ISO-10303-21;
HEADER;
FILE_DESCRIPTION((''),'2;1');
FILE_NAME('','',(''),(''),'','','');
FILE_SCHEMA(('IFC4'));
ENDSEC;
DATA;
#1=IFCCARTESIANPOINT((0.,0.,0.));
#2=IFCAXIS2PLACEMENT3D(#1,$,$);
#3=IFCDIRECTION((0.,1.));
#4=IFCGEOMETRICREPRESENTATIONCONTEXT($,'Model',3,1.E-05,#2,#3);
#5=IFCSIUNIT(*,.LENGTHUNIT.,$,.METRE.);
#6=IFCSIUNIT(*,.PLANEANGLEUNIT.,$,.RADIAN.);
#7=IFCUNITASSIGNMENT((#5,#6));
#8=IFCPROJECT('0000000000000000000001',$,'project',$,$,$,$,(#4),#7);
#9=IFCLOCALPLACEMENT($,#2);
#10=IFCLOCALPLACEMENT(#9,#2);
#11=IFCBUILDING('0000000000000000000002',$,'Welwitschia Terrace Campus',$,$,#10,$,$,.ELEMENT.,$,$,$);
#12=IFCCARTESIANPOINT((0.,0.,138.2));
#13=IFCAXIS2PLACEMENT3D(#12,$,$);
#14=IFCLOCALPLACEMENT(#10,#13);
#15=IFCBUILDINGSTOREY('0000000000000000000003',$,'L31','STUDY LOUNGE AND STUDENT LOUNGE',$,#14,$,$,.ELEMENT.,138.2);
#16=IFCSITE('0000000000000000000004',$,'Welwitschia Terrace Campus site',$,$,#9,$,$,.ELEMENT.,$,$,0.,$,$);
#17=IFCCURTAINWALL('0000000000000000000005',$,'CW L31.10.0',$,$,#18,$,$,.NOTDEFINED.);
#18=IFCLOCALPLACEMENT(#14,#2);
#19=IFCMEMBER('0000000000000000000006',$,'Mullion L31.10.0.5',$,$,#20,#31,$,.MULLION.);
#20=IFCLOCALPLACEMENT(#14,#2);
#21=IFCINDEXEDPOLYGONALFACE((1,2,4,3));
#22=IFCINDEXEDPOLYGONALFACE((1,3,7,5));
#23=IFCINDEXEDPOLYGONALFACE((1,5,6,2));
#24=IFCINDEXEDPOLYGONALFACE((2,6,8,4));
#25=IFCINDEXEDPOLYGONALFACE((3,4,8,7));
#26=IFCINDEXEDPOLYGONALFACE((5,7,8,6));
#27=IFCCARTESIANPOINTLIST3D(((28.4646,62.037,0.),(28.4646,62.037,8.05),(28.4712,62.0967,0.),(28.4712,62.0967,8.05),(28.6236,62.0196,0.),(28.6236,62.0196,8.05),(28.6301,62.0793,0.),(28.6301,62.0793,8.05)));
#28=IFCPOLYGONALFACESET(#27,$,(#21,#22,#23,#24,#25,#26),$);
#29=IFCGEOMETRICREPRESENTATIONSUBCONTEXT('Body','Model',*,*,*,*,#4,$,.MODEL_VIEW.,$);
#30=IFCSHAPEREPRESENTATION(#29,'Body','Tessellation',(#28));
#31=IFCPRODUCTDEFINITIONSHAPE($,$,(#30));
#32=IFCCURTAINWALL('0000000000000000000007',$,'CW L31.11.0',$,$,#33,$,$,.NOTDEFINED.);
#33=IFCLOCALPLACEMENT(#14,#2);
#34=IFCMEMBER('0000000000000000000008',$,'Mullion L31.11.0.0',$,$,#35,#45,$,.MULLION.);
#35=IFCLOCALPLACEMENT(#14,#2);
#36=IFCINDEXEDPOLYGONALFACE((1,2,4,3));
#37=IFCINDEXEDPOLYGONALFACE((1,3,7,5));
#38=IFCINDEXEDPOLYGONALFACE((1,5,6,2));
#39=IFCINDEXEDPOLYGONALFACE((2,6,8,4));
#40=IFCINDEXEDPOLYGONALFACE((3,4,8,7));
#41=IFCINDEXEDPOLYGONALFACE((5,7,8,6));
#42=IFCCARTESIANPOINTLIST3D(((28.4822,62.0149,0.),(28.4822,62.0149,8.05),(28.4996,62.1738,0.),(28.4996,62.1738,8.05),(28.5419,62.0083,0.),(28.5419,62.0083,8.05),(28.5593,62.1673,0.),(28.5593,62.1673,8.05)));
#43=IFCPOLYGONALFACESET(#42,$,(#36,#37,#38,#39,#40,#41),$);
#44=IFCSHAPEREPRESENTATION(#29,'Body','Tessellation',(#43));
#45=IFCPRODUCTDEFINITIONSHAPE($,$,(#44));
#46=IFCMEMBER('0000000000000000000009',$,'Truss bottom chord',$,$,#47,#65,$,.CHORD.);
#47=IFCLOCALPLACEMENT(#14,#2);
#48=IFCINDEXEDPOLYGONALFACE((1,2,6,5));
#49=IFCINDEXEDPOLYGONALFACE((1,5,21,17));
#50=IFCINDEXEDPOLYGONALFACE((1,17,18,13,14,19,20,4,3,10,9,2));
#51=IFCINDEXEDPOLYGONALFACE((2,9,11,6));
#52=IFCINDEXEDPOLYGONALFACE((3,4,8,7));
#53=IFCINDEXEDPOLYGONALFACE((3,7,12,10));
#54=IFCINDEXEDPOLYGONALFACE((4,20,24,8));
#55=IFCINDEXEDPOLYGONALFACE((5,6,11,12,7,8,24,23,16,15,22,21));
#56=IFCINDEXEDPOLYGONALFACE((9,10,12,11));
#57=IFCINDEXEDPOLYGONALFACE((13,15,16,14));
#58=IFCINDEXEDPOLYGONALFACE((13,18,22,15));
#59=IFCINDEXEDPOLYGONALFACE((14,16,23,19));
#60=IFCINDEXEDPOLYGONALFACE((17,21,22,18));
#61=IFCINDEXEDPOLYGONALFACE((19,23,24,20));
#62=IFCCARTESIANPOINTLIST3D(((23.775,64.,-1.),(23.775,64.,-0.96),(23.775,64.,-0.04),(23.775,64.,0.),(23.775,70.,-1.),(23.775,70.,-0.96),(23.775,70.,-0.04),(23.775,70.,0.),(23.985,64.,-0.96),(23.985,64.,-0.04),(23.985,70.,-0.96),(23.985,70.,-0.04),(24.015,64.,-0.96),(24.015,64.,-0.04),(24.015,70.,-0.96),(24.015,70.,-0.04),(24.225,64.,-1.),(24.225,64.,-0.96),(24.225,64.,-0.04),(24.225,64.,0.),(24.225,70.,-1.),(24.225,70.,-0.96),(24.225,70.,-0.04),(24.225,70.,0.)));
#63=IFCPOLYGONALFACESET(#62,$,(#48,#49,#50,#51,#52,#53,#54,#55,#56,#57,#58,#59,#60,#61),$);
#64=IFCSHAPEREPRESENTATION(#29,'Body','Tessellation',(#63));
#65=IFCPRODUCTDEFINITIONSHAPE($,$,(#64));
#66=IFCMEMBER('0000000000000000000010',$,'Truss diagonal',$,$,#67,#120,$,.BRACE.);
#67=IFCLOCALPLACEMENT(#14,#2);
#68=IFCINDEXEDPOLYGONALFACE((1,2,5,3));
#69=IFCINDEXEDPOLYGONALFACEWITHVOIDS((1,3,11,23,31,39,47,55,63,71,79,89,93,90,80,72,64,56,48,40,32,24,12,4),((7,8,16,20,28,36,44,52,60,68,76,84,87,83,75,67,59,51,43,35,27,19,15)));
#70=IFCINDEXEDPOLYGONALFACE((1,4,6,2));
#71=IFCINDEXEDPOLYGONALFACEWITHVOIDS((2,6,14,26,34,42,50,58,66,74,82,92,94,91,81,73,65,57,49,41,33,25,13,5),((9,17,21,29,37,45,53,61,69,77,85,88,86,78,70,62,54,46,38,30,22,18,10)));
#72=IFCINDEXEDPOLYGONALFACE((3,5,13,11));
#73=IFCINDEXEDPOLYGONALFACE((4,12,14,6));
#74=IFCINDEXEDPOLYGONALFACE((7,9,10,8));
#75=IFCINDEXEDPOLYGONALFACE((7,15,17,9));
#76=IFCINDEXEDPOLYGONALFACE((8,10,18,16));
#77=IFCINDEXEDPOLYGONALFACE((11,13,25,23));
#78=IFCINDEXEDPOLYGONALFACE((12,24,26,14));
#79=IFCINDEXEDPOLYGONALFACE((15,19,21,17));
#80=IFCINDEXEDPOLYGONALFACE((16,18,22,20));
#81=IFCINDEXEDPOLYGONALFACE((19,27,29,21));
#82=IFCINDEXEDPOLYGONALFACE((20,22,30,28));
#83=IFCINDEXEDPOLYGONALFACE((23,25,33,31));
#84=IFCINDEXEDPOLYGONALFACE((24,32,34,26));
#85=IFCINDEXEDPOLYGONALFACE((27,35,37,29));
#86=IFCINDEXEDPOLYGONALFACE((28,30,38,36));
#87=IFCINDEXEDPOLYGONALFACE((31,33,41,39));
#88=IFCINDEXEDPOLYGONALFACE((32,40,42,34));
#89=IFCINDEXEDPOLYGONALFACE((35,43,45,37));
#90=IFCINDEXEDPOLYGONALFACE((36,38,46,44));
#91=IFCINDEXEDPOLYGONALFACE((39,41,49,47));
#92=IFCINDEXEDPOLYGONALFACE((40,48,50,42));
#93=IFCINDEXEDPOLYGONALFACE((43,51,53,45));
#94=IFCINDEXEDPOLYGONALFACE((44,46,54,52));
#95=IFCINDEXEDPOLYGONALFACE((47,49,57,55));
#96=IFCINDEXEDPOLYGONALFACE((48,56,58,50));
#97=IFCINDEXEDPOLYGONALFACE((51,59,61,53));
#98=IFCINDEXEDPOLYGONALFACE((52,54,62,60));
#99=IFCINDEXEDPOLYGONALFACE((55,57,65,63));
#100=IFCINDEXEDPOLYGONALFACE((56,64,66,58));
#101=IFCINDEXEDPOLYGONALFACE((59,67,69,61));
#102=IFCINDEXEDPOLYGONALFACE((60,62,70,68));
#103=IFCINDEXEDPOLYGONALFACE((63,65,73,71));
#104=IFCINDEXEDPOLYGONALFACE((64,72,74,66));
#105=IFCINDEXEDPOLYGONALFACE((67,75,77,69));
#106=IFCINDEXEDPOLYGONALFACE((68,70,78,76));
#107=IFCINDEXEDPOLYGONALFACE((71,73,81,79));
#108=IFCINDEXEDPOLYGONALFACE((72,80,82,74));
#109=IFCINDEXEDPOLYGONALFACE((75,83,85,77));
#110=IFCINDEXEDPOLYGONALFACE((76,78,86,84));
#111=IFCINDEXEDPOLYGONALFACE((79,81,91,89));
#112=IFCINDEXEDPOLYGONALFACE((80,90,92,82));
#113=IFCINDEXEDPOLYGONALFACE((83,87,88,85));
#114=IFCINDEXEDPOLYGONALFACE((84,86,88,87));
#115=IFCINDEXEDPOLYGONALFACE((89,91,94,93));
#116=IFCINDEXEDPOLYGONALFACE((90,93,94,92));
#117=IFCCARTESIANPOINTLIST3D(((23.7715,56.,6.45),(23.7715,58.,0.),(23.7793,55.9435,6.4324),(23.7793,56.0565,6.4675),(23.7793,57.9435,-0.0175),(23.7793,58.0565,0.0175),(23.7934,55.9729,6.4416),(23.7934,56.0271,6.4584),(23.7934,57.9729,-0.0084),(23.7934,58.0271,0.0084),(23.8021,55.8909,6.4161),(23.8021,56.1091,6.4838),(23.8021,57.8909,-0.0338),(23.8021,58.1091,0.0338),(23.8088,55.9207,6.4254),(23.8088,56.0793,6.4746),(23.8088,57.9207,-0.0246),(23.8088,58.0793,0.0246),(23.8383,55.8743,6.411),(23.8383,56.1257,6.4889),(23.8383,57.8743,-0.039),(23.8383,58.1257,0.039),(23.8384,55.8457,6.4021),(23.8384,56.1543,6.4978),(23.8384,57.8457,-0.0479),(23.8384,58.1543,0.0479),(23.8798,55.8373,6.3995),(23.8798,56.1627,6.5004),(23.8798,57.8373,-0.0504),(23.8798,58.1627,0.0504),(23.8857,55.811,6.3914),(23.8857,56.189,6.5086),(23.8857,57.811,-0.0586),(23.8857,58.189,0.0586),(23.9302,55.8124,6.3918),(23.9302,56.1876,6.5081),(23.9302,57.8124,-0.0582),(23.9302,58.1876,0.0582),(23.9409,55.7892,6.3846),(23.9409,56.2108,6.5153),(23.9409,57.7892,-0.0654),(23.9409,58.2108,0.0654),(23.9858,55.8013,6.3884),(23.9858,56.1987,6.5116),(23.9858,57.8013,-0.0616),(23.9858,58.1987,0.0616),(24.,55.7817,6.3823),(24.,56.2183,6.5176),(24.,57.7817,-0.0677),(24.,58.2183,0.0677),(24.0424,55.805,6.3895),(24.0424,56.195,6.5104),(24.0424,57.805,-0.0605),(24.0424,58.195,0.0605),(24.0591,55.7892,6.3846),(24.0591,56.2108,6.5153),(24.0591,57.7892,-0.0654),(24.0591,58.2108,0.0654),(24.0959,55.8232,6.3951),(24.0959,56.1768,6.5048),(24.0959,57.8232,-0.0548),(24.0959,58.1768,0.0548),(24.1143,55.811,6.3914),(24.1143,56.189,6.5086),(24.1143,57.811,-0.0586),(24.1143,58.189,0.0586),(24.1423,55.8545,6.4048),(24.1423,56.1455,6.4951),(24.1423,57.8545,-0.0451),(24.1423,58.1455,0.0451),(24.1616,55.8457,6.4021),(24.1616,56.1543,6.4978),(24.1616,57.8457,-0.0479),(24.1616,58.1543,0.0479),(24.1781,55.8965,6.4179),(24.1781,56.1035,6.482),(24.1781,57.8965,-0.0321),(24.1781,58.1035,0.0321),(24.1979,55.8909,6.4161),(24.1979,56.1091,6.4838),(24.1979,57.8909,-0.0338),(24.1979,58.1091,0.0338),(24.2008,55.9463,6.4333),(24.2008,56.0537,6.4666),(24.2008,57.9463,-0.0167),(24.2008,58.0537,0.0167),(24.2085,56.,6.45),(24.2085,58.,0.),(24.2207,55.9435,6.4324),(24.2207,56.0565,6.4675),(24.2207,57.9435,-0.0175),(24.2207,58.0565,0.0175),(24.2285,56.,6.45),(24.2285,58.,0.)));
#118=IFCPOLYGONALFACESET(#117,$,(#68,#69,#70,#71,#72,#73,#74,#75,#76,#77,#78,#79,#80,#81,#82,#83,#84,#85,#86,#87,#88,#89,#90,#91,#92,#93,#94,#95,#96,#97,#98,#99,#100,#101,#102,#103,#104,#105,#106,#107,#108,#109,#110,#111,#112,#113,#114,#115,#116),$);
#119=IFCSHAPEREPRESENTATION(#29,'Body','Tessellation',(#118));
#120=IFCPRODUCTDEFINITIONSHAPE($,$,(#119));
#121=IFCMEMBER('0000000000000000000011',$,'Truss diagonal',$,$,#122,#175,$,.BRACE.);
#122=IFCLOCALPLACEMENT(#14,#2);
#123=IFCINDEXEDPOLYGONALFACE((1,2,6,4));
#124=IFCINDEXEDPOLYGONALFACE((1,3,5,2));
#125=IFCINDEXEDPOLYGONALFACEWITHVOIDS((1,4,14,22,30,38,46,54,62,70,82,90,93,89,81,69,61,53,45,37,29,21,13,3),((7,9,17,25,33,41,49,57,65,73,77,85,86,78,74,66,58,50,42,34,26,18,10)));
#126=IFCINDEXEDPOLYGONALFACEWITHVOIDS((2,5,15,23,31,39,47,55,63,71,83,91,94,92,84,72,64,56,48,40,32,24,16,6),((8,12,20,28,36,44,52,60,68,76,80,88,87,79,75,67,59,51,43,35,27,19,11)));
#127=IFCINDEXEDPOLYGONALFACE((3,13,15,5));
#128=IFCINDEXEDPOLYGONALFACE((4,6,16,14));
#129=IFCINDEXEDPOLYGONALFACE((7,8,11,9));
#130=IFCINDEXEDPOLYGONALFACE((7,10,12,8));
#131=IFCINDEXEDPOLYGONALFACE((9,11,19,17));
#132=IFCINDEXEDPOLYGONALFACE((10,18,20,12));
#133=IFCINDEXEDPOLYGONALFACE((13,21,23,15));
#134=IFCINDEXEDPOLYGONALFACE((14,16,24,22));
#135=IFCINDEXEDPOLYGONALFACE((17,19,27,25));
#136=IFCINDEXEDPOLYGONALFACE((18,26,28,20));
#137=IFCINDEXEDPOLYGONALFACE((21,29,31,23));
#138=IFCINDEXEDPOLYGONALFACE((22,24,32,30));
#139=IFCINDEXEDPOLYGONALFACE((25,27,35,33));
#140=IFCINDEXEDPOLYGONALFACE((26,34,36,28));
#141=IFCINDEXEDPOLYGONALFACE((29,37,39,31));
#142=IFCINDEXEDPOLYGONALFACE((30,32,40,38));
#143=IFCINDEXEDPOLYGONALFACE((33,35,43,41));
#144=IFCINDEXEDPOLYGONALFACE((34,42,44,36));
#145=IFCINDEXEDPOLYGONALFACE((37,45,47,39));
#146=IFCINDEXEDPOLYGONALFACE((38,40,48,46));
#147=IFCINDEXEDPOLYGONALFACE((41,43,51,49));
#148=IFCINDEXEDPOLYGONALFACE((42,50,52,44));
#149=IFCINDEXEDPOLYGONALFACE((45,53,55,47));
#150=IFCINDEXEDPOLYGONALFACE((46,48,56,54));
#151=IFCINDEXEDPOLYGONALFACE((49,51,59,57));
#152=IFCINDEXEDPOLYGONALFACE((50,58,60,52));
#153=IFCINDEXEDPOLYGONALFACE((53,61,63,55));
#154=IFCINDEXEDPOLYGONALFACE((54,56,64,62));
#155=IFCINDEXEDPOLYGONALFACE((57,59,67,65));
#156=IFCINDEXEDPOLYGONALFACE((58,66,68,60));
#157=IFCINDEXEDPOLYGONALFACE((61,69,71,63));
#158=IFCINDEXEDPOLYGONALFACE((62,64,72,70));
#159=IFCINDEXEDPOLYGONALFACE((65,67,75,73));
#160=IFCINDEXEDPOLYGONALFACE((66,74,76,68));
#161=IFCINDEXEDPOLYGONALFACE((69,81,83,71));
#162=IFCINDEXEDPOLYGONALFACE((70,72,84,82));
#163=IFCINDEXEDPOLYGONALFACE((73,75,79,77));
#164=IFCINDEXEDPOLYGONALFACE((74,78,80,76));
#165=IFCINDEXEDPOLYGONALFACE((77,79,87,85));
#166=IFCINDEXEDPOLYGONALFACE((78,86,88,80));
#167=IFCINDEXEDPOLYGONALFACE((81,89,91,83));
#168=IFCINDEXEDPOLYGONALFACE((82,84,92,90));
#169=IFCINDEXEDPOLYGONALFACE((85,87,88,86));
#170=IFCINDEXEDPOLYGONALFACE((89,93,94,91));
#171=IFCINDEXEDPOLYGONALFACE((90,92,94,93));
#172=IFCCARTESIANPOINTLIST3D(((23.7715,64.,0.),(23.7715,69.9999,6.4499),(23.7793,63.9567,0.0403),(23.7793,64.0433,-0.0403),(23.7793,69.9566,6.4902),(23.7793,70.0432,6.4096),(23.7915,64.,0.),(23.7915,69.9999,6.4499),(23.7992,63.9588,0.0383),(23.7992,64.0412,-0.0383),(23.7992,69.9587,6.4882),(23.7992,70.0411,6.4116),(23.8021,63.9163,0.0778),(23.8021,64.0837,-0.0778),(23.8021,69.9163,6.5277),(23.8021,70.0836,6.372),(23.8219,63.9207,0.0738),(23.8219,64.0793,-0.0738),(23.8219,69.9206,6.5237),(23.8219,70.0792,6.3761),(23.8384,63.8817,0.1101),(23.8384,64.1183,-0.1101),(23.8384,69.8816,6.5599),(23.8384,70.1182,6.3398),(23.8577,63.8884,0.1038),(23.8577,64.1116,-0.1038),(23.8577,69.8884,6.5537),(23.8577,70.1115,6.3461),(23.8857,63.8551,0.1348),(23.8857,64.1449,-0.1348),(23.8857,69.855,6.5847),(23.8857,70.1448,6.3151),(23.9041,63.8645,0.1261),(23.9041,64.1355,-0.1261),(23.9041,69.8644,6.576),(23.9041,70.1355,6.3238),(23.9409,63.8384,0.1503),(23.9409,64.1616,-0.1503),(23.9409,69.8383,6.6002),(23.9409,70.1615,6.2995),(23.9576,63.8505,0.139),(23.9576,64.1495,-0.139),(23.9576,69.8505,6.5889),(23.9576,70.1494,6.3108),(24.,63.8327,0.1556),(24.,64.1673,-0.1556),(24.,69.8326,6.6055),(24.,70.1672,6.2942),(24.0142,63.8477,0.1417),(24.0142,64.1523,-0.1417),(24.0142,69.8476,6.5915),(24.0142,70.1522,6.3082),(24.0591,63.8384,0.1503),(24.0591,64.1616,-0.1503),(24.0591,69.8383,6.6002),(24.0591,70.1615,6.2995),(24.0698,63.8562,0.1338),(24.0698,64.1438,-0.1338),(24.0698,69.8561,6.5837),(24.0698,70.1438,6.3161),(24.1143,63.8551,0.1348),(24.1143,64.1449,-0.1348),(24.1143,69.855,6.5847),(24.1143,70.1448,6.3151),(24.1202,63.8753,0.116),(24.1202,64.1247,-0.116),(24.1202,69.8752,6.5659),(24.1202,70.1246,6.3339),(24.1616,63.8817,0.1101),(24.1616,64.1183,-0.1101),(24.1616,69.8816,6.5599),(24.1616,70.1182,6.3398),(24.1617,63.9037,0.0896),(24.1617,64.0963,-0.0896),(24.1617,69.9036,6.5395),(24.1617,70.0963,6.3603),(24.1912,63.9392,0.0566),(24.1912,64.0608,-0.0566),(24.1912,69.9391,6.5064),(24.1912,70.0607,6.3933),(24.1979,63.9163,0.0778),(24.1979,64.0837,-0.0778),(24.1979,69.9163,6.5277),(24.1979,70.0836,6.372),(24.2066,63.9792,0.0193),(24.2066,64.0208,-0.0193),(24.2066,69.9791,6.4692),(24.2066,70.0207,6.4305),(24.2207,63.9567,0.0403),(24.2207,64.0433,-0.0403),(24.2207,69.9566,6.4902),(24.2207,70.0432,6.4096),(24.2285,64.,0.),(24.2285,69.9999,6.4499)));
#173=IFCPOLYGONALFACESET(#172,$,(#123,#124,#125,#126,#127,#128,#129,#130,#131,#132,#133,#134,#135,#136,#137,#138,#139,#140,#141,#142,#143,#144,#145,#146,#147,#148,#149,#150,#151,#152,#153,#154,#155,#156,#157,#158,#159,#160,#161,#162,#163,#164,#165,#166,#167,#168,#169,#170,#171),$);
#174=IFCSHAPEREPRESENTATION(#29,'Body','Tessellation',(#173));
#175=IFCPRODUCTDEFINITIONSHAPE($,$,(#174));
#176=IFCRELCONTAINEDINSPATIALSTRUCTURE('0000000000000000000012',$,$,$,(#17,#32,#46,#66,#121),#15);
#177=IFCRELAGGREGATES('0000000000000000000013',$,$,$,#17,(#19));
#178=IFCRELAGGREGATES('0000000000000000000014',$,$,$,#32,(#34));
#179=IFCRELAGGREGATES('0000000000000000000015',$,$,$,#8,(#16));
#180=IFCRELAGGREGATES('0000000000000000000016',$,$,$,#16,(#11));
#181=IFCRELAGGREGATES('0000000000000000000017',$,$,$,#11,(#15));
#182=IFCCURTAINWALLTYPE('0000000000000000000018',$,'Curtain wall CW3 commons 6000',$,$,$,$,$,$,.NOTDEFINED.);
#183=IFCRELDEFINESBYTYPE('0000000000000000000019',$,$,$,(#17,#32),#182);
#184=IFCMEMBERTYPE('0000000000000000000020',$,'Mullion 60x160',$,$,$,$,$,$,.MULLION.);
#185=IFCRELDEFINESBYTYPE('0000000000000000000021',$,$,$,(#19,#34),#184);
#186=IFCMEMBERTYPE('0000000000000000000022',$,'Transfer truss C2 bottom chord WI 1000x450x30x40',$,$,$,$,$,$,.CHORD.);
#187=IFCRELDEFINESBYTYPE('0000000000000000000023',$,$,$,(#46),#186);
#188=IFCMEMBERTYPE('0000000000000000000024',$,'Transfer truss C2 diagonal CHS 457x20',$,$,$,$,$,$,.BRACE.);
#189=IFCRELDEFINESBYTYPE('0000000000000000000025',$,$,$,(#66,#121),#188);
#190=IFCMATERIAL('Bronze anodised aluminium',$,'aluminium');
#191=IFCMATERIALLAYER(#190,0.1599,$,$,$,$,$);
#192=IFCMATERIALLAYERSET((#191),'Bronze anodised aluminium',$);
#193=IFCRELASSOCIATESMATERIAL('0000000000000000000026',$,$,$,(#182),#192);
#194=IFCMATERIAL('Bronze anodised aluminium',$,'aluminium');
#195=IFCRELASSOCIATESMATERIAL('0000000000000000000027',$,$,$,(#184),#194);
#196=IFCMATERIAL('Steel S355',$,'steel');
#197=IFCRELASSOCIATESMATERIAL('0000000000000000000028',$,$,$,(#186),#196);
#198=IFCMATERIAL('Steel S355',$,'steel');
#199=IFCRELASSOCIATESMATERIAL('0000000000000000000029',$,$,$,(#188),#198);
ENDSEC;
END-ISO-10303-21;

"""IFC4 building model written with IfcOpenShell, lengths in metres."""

from ifc_helpers import new_model, si_unit, direction, frame, origin, origin_2d, place, context, subcontext, project, spatial, rectangle, hollow_circle, i_section, extrude, material, layer, layer_set, material_profile, profile_set, type_object, element, aggregate, save


model = new_model("IFC4")

# Units and contexts
model_context = context("Model", 3, precision=1e-05, world=origin(), true_north=direction((0.0, 1.0)))
body_context = subcontext(model_context, "Body", "Model", "MODEL_VIEW")
ifc_project = project(units=[si_unit("LENGTHUNIT", "METRE"), si_unit("PLANEANGLEUNIT", "RADIAN")], contexts=[model_context])

# Site, building, storey
site_placement = place(None, origin())
site = spatial("IfcSite", under=ifc_project, at=site_placement, Name="Welwitschia Terrace Campus site", CompositionType="ELEMENT", RefElevation=0.0)
building_placement = place(site_placement, origin())
building = spatial("IfcBuilding", under=site, at=building_placement, Name="Welwitschia Terrace Campus", CompositionType="ELEMENT")
storey_placement = place(building_placement, frame((0.0, 0.0, 138.2)))
storey = spatial("IfcBuildingStorey", under=building, at=storey_placement, Name="L31", Description="STUDY LOUNGE AND STUDENT LOUNGE", CompositionType="ELEMENT", Elevation=138.2)

# Curtain walls, members
ifc_material_1 = material(Name="Bronze anodised aluminium", Category="aluminium")
ifc_layer_1 = layer(ifc_material_1, 0.1599)
ifc_layer_set_1 = layer_set([ifc_layer_1], Name="Bronze anodised aluminium")
curtain_wall_type = type_object("IfcCurtainWallType", Name="Curtain wall CW3 commons 6000", PredefinedType="NOTDEFINED", material=ifc_layer_set_1)
curtain_wall_1_placement = place(storey_placement, origin())
curtain_wall_1 = element("IfcCurtainWall", 1, at=curtain_wall_1_placement, inside=storey, type_object=curtain_wall_type, Name="CW L31.10.0", PredefinedType="NOTDEFINED")
ifc_material_2 = material(Name="Bronze anodised aluminium", Category="aluminium")
ifc_material_profile_1 = material_profile(ifc_material_2, rectangle(XDim=0.1599, YDim=0.0601, at=origin_2d()))
ifc_profile_set_1 = profile_set([ifc_material_profile_1], Name="Bronze anodised aluminium")
member_type_1 = type_object("IfcMemberType", Name="Mullion 60x160", PredefinedType="MULLION", material=ifc_profile_set_1)
member_1_placement = place(storey_placement, frame((28.5474, 62.0581, 0.0), z_axis=(0.0, 0.0, 1.0), x_axis=(-0.994056, 0.108867, 0.0)))
member_1 = element("IfcMember", 2, at=member_1_placement, type_object=member_type_1, Name="Mullion L31.10.0.5", PredefinedType="MULLION", context=body_context, shape_type="SweptSolid", body=[
    extrude(rectangle(XDim=0.1599, YDim=0.0601, at=origin_2d()), origin(), (0.0, 0.0, 1.0), 8.05),
])
curtain_wall_2_placement = place(storey_placement, origin())
curtain_wall_2 = element("IfcCurtainWall", 3, at=curtain_wall_2_placement, inside=storey, type_object=curtain_wall_type, Name="CW L31.11.0", PredefinedType="NOTDEFINED")
member_2_placement = place(storey_placement, frame((28.5208, 62.0911, 0.0), z_axis=(0.0, 0.0, 1.0), x_axis=(-0.108867, -0.994056, 0.0)))
member_2 = element("IfcMember", 4, at=member_2_placement, type_object=member_type_1, Name="Mullion L31.11.0.0", PredefinedType="MULLION", context=body_context, shape_type="SweptSolid", body=[
    extrude(rectangle(XDim=0.1599, YDim=0.0601, at=origin_2d()), origin(), (0.0, 0.0, 1.0), 8.05),
])

# Members
ifc_material_3 = material(Name="Steel S355", Category="steel")
ifc_material_profile_2 = material_profile(ifc_material_3, i_section(OverallWidth=0.45, OverallDepth=1.0, WebThickness=0.03, FlangeThickness=0.04, at=origin_2d()))
ifc_profile_set_2 = profile_set([ifc_material_profile_2], Name="Steel S355")
member_type_2 = type_object("IfcMemberType", Name="Transfer truss C2 bottom chord WI 1000x450x30x40", PredefinedType="CHORD", material=ifc_profile_set_2)
member_3_placement = place(storey_placement, frame((24.0, 64.0, -0.5), z_axis=(0.0, 1.0, 0.0), x_axis=(-1.0, 0.0, 0.0)))
element("IfcMember", 5, at=member_3_placement, inside=storey, type_object=member_type_2, Name="Truss bottom chord", PredefinedType="CHORD", context=body_context, shape_type="SweptSolid", body=[
    extrude(i_section(OverallWidth=0.45, OverallDepth=1.0, WebThickness=0.03, FlangeThickness=0.04, at=origin_2d()), origin(), (0.0, 0.0, 1.0), 6.0),
])
ifc_material_4 = material(Name="Steel S355", Category="steel")
ifc_material_profile_3 = material_profile(ifc_material_4, hollow_circle(Radius=0.2285, WallThickness=0.02, at=origin_2d()))
ifc_profile_set_3 = profile_set([ifc_material_profile_3], Name="Steel S355")
member_type_3 = type_object("IfcMemberType", Name="Transfer truss C2 diagonal CHS 457x20", PredefinedType="BRACE", material=ifc_profile_set_3)
member_4_placement = place(storey_placement, frame((24.0, 58.0, 0.0), z_axis=(0.0, -0.296168, 0.955136), x_axis=(1.0, 0.0, 0.0)))
element("IfcMember", 6, at=member_4_placement, inside=storey, type_object=member_type_3, Name="Truss diagonal", PredefinedType="BRACE", context=body_context, shape_type="SweptSolid", body=[
    extrude(hollow_circle(Radius=0.2285, WallThickness=0.02, at=origin_2d()), origin(), (0.0, 0.0, 1.0), 6.7529),
])
member_5_placement = place(storey_placement, frame((24.0, 64.0, 0.0), z_axis=(0.0, 0.681107, 0.732184), x_axis=(-1.0, 0.0, 0.0)))
element("IfcMember", 7, at=member_5_placement, inside=storey, type_object=member_type_3, Name="Truss diagonal", PredefinedType="BRACE", context=body_context, shape_type="SweptSolid", body=[
    extrude(hollow_circle(Radius=0.2285, WallThickness=0.02, at=origin_2d()), origin(), (0.0, 0.0, 1.0), 8.8091),
])

aggregate(curtain_wall_1, [member_1])
aggregate(curtain_wall_2, [member_2])

save(model, "model.ifc")
